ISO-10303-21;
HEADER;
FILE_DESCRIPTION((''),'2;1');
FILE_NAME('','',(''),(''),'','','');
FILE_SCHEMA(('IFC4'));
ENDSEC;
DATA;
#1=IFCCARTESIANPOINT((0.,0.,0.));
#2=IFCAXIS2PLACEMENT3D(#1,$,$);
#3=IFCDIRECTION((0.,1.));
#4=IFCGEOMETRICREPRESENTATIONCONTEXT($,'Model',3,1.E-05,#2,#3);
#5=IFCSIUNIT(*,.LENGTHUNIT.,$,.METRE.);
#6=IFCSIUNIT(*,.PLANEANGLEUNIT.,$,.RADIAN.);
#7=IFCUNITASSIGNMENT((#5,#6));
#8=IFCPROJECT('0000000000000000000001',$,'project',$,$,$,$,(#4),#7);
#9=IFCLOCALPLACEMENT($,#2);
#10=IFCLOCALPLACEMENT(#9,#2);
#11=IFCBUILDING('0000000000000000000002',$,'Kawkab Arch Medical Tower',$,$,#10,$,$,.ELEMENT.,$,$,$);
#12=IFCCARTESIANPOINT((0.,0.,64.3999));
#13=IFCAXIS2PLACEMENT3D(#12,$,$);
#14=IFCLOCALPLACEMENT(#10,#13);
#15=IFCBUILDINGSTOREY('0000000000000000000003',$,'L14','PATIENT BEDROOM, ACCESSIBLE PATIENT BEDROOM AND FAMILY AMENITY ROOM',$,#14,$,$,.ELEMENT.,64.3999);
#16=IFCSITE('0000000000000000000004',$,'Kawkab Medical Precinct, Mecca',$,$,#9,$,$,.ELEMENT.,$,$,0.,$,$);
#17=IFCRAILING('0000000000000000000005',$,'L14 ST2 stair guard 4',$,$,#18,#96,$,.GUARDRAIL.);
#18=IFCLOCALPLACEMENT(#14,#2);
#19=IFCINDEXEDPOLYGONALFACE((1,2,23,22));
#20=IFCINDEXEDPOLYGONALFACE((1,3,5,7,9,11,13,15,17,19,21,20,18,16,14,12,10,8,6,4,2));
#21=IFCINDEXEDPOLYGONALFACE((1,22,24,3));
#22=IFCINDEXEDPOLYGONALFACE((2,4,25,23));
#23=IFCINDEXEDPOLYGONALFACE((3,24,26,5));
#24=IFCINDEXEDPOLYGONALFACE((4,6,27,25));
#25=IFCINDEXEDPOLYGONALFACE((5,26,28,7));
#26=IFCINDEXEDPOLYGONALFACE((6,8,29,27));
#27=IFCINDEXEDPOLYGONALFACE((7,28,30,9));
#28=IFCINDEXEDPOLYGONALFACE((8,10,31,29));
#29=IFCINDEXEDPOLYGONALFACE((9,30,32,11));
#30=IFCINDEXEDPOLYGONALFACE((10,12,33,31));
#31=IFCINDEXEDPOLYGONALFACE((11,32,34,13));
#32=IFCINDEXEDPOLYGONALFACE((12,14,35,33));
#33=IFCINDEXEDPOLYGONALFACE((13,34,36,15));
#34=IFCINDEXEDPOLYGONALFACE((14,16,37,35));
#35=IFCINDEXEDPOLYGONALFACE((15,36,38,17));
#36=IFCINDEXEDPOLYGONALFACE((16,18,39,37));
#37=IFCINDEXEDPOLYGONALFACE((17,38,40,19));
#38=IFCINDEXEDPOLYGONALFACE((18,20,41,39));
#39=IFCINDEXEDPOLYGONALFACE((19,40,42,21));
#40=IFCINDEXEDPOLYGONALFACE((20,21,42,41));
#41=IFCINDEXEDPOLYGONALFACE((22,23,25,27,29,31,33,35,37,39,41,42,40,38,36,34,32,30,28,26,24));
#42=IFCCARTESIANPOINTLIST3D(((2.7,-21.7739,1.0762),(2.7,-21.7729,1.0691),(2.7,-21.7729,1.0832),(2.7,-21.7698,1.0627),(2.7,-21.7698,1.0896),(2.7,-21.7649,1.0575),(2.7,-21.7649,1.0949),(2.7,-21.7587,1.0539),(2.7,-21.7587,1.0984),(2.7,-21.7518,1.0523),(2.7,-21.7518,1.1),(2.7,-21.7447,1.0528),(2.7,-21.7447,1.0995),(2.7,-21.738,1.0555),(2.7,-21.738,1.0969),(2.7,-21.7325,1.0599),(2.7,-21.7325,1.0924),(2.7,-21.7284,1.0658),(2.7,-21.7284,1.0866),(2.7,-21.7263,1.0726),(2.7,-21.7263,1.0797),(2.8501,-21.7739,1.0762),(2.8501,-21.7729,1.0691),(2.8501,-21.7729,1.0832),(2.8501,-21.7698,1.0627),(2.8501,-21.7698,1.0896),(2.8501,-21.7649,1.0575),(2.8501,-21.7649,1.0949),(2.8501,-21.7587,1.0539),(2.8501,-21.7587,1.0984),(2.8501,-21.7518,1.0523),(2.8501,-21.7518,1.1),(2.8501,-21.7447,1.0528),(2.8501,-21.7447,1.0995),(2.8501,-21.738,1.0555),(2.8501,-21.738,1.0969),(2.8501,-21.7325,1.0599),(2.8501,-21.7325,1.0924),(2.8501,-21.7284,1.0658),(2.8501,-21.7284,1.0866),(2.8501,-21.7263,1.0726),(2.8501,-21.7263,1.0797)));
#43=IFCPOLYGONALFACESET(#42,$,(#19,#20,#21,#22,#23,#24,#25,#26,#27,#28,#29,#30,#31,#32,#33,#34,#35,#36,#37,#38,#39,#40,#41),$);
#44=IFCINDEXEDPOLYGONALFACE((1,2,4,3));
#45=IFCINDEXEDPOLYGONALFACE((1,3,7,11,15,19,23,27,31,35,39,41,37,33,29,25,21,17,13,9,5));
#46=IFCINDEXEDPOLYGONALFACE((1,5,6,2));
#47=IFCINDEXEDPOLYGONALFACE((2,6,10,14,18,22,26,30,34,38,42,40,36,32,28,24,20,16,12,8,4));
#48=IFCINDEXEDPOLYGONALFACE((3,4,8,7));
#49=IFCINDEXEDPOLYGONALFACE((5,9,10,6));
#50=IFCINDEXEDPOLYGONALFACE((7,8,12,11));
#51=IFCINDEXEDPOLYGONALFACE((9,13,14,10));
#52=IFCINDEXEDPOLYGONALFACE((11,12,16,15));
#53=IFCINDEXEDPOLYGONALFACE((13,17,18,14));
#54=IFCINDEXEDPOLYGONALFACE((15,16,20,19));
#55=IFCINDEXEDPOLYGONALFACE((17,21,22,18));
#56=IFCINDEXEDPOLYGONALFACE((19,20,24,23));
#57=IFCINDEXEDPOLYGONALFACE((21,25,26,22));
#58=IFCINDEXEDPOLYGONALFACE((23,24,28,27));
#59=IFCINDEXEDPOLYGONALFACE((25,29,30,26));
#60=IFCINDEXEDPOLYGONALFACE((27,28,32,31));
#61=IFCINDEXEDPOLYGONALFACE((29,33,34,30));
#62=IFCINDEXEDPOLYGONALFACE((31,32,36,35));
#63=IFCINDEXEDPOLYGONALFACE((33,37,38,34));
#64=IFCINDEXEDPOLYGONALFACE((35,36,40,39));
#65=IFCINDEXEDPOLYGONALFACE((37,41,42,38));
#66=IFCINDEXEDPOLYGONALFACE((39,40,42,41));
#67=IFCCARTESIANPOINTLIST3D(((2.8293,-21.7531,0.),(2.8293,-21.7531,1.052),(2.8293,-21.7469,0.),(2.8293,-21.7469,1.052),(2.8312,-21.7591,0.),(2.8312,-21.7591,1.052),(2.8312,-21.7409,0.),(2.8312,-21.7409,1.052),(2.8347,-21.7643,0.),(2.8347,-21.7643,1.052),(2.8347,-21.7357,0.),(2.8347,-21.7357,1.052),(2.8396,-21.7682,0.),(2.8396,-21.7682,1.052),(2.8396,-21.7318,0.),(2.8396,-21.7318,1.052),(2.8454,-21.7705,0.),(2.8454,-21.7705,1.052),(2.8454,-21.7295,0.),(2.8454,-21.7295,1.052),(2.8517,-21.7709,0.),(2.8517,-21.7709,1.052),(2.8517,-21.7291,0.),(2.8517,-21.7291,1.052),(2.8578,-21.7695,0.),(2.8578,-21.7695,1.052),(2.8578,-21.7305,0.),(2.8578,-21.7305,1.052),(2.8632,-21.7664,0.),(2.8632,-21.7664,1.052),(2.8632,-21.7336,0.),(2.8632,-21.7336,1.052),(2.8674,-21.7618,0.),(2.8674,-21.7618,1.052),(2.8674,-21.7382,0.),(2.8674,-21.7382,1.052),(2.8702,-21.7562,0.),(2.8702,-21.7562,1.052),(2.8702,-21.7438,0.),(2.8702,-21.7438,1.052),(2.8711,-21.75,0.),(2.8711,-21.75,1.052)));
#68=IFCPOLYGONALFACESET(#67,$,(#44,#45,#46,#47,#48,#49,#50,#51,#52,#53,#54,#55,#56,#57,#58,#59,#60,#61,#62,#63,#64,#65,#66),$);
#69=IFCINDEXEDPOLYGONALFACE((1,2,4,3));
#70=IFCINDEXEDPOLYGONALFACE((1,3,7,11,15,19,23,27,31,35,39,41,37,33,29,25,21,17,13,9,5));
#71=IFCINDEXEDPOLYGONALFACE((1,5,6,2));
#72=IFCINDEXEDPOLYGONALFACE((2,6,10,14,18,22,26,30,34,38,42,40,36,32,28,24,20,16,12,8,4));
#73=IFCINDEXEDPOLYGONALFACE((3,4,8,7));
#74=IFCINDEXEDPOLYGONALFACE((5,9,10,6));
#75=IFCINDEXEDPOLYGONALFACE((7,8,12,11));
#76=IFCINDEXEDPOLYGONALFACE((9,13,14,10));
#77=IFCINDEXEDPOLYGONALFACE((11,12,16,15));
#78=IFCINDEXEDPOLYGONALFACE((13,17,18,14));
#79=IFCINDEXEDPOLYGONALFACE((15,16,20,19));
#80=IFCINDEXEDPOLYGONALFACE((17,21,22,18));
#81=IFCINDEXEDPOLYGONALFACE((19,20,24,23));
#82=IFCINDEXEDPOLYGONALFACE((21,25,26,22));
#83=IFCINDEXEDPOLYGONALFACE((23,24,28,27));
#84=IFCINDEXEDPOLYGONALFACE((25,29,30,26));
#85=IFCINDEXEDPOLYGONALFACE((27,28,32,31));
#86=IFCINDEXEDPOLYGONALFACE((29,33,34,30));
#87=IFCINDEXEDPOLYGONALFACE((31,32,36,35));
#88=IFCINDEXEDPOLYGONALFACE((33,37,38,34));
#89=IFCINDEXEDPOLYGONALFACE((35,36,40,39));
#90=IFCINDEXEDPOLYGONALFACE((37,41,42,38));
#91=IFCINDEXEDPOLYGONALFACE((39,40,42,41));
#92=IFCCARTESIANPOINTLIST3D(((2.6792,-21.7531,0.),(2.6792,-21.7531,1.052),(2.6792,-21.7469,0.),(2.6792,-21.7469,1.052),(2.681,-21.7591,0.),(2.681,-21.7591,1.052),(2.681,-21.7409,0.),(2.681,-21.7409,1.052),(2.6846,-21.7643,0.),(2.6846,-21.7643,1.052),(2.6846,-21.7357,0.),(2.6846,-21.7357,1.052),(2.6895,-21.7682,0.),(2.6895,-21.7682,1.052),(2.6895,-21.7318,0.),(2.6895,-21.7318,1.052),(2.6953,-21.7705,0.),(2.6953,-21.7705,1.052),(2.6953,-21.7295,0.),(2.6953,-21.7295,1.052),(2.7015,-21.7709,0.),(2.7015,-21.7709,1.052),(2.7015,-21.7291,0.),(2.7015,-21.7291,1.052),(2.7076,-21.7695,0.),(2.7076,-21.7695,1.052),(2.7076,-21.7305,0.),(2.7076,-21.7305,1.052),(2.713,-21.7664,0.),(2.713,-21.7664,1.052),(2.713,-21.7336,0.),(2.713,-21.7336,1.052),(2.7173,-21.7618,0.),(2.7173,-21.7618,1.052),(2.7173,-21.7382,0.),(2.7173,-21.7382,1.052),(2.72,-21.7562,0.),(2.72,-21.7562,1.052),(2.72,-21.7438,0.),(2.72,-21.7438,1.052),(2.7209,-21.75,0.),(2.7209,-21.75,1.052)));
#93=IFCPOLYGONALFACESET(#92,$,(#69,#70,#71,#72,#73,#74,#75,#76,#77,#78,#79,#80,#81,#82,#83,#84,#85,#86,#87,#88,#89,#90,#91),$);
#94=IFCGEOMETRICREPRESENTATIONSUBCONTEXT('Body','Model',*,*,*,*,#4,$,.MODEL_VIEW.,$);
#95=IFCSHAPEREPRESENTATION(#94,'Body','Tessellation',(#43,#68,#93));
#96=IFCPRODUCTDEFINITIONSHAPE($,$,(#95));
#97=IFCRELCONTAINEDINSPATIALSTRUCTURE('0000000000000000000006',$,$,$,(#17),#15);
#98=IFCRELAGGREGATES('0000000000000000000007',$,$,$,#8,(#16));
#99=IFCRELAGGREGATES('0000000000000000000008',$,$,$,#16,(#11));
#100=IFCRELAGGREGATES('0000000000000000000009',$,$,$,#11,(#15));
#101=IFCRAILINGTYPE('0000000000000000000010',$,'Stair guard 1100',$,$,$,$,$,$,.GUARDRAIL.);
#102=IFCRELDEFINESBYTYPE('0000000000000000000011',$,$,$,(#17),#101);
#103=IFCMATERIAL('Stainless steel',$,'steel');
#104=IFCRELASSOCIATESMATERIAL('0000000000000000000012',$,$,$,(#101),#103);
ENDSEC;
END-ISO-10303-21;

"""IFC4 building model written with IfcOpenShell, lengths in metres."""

from ifc_helpers import new_model, si_unit, direction, frame, origin, origin_2d, place, context, subcontext, project, spatial, circle, extrude, material, type_object, element, save


model = new_model("IFC4")

# Units and contexts
model_context = context("Model", 3, precision=1e-05, world=origin(), true_north=direction((0.0, 1.0)))
body_context = subcontext(model_context, "Body", "Model", "MODEL_VIEW")
ifc_project = project(units=[si_unit("LENGTHUNIT", "METRE"), si_unit("PLANEANGLEUNIT", "RADIAN")], contexts=[model_context])

# Site, building, storey
site_placement = place(None, origin())
site = spatial("IfcSite", under=ifc_project, at=site_placement, Name="Kawkab Medical Precinct, Mecca", CompositionType="ELEMENT", RefElevation=0.0)
building_placement = place(site_placement, origin())
building = spatial("IfcBuilding", under=site, at=building_placement, Name="Kawkab Arch Medical Tower", CompositionType="ELEMENT")
storey_placement = place(building_placement, frame((0.0, 0.0, 64.3999)))
storey = spatial("IfcBuildingStorey", under=building, at=storey_placement, Name="L14", Description="PATIENT BEDROOM, ACCESSIBLE PATIENT BEDROOM AND FAMILY AMENITY ROOM", CompositionType="ELEMENT", Elevation=64.3999)

# Railing
ifc_material_1 = material(Name="Stainless steel", Category="steel")
railing_type_1 = type_object("IfcRailingType", Name="Stair guard 1100", PredefinedType="GUARDRAIL", material=ifc_material_1)
railing_1_placement = place(storey_placement, frame((2.8501, -21.75, 0.0)))
element("IfcRailing", 1, at=railing_1_placement, inside=storey, type_object=railing_type_1, Name="L14 ST2 stair guard 4", PredefinedType="GUARDRAIL", context=body_context, shape_type="SweptSolid", body=[
    extrude(circle(Radius=0.0239, at=origin_2d()), frame((0.0, 0.0, 1.0762), z_axis=(-1.0, 0.0, 0.0), x_axis=(0.0, -1.0, 0.0)), (0.0, 0.0, 1.0), 0.1501),
    extrude(circle(Radius=0.021, at=origin_2d()), origin(), (0.0, 0.0, 1.0), 1.052),
    extrude(circle(Radius=0.021, at=origin_2d()), frame((-0.1501, 0.0, 0.0)), (0.0, 0.0, 1.0), 1.052),
])

save(model, "model.ifc")
